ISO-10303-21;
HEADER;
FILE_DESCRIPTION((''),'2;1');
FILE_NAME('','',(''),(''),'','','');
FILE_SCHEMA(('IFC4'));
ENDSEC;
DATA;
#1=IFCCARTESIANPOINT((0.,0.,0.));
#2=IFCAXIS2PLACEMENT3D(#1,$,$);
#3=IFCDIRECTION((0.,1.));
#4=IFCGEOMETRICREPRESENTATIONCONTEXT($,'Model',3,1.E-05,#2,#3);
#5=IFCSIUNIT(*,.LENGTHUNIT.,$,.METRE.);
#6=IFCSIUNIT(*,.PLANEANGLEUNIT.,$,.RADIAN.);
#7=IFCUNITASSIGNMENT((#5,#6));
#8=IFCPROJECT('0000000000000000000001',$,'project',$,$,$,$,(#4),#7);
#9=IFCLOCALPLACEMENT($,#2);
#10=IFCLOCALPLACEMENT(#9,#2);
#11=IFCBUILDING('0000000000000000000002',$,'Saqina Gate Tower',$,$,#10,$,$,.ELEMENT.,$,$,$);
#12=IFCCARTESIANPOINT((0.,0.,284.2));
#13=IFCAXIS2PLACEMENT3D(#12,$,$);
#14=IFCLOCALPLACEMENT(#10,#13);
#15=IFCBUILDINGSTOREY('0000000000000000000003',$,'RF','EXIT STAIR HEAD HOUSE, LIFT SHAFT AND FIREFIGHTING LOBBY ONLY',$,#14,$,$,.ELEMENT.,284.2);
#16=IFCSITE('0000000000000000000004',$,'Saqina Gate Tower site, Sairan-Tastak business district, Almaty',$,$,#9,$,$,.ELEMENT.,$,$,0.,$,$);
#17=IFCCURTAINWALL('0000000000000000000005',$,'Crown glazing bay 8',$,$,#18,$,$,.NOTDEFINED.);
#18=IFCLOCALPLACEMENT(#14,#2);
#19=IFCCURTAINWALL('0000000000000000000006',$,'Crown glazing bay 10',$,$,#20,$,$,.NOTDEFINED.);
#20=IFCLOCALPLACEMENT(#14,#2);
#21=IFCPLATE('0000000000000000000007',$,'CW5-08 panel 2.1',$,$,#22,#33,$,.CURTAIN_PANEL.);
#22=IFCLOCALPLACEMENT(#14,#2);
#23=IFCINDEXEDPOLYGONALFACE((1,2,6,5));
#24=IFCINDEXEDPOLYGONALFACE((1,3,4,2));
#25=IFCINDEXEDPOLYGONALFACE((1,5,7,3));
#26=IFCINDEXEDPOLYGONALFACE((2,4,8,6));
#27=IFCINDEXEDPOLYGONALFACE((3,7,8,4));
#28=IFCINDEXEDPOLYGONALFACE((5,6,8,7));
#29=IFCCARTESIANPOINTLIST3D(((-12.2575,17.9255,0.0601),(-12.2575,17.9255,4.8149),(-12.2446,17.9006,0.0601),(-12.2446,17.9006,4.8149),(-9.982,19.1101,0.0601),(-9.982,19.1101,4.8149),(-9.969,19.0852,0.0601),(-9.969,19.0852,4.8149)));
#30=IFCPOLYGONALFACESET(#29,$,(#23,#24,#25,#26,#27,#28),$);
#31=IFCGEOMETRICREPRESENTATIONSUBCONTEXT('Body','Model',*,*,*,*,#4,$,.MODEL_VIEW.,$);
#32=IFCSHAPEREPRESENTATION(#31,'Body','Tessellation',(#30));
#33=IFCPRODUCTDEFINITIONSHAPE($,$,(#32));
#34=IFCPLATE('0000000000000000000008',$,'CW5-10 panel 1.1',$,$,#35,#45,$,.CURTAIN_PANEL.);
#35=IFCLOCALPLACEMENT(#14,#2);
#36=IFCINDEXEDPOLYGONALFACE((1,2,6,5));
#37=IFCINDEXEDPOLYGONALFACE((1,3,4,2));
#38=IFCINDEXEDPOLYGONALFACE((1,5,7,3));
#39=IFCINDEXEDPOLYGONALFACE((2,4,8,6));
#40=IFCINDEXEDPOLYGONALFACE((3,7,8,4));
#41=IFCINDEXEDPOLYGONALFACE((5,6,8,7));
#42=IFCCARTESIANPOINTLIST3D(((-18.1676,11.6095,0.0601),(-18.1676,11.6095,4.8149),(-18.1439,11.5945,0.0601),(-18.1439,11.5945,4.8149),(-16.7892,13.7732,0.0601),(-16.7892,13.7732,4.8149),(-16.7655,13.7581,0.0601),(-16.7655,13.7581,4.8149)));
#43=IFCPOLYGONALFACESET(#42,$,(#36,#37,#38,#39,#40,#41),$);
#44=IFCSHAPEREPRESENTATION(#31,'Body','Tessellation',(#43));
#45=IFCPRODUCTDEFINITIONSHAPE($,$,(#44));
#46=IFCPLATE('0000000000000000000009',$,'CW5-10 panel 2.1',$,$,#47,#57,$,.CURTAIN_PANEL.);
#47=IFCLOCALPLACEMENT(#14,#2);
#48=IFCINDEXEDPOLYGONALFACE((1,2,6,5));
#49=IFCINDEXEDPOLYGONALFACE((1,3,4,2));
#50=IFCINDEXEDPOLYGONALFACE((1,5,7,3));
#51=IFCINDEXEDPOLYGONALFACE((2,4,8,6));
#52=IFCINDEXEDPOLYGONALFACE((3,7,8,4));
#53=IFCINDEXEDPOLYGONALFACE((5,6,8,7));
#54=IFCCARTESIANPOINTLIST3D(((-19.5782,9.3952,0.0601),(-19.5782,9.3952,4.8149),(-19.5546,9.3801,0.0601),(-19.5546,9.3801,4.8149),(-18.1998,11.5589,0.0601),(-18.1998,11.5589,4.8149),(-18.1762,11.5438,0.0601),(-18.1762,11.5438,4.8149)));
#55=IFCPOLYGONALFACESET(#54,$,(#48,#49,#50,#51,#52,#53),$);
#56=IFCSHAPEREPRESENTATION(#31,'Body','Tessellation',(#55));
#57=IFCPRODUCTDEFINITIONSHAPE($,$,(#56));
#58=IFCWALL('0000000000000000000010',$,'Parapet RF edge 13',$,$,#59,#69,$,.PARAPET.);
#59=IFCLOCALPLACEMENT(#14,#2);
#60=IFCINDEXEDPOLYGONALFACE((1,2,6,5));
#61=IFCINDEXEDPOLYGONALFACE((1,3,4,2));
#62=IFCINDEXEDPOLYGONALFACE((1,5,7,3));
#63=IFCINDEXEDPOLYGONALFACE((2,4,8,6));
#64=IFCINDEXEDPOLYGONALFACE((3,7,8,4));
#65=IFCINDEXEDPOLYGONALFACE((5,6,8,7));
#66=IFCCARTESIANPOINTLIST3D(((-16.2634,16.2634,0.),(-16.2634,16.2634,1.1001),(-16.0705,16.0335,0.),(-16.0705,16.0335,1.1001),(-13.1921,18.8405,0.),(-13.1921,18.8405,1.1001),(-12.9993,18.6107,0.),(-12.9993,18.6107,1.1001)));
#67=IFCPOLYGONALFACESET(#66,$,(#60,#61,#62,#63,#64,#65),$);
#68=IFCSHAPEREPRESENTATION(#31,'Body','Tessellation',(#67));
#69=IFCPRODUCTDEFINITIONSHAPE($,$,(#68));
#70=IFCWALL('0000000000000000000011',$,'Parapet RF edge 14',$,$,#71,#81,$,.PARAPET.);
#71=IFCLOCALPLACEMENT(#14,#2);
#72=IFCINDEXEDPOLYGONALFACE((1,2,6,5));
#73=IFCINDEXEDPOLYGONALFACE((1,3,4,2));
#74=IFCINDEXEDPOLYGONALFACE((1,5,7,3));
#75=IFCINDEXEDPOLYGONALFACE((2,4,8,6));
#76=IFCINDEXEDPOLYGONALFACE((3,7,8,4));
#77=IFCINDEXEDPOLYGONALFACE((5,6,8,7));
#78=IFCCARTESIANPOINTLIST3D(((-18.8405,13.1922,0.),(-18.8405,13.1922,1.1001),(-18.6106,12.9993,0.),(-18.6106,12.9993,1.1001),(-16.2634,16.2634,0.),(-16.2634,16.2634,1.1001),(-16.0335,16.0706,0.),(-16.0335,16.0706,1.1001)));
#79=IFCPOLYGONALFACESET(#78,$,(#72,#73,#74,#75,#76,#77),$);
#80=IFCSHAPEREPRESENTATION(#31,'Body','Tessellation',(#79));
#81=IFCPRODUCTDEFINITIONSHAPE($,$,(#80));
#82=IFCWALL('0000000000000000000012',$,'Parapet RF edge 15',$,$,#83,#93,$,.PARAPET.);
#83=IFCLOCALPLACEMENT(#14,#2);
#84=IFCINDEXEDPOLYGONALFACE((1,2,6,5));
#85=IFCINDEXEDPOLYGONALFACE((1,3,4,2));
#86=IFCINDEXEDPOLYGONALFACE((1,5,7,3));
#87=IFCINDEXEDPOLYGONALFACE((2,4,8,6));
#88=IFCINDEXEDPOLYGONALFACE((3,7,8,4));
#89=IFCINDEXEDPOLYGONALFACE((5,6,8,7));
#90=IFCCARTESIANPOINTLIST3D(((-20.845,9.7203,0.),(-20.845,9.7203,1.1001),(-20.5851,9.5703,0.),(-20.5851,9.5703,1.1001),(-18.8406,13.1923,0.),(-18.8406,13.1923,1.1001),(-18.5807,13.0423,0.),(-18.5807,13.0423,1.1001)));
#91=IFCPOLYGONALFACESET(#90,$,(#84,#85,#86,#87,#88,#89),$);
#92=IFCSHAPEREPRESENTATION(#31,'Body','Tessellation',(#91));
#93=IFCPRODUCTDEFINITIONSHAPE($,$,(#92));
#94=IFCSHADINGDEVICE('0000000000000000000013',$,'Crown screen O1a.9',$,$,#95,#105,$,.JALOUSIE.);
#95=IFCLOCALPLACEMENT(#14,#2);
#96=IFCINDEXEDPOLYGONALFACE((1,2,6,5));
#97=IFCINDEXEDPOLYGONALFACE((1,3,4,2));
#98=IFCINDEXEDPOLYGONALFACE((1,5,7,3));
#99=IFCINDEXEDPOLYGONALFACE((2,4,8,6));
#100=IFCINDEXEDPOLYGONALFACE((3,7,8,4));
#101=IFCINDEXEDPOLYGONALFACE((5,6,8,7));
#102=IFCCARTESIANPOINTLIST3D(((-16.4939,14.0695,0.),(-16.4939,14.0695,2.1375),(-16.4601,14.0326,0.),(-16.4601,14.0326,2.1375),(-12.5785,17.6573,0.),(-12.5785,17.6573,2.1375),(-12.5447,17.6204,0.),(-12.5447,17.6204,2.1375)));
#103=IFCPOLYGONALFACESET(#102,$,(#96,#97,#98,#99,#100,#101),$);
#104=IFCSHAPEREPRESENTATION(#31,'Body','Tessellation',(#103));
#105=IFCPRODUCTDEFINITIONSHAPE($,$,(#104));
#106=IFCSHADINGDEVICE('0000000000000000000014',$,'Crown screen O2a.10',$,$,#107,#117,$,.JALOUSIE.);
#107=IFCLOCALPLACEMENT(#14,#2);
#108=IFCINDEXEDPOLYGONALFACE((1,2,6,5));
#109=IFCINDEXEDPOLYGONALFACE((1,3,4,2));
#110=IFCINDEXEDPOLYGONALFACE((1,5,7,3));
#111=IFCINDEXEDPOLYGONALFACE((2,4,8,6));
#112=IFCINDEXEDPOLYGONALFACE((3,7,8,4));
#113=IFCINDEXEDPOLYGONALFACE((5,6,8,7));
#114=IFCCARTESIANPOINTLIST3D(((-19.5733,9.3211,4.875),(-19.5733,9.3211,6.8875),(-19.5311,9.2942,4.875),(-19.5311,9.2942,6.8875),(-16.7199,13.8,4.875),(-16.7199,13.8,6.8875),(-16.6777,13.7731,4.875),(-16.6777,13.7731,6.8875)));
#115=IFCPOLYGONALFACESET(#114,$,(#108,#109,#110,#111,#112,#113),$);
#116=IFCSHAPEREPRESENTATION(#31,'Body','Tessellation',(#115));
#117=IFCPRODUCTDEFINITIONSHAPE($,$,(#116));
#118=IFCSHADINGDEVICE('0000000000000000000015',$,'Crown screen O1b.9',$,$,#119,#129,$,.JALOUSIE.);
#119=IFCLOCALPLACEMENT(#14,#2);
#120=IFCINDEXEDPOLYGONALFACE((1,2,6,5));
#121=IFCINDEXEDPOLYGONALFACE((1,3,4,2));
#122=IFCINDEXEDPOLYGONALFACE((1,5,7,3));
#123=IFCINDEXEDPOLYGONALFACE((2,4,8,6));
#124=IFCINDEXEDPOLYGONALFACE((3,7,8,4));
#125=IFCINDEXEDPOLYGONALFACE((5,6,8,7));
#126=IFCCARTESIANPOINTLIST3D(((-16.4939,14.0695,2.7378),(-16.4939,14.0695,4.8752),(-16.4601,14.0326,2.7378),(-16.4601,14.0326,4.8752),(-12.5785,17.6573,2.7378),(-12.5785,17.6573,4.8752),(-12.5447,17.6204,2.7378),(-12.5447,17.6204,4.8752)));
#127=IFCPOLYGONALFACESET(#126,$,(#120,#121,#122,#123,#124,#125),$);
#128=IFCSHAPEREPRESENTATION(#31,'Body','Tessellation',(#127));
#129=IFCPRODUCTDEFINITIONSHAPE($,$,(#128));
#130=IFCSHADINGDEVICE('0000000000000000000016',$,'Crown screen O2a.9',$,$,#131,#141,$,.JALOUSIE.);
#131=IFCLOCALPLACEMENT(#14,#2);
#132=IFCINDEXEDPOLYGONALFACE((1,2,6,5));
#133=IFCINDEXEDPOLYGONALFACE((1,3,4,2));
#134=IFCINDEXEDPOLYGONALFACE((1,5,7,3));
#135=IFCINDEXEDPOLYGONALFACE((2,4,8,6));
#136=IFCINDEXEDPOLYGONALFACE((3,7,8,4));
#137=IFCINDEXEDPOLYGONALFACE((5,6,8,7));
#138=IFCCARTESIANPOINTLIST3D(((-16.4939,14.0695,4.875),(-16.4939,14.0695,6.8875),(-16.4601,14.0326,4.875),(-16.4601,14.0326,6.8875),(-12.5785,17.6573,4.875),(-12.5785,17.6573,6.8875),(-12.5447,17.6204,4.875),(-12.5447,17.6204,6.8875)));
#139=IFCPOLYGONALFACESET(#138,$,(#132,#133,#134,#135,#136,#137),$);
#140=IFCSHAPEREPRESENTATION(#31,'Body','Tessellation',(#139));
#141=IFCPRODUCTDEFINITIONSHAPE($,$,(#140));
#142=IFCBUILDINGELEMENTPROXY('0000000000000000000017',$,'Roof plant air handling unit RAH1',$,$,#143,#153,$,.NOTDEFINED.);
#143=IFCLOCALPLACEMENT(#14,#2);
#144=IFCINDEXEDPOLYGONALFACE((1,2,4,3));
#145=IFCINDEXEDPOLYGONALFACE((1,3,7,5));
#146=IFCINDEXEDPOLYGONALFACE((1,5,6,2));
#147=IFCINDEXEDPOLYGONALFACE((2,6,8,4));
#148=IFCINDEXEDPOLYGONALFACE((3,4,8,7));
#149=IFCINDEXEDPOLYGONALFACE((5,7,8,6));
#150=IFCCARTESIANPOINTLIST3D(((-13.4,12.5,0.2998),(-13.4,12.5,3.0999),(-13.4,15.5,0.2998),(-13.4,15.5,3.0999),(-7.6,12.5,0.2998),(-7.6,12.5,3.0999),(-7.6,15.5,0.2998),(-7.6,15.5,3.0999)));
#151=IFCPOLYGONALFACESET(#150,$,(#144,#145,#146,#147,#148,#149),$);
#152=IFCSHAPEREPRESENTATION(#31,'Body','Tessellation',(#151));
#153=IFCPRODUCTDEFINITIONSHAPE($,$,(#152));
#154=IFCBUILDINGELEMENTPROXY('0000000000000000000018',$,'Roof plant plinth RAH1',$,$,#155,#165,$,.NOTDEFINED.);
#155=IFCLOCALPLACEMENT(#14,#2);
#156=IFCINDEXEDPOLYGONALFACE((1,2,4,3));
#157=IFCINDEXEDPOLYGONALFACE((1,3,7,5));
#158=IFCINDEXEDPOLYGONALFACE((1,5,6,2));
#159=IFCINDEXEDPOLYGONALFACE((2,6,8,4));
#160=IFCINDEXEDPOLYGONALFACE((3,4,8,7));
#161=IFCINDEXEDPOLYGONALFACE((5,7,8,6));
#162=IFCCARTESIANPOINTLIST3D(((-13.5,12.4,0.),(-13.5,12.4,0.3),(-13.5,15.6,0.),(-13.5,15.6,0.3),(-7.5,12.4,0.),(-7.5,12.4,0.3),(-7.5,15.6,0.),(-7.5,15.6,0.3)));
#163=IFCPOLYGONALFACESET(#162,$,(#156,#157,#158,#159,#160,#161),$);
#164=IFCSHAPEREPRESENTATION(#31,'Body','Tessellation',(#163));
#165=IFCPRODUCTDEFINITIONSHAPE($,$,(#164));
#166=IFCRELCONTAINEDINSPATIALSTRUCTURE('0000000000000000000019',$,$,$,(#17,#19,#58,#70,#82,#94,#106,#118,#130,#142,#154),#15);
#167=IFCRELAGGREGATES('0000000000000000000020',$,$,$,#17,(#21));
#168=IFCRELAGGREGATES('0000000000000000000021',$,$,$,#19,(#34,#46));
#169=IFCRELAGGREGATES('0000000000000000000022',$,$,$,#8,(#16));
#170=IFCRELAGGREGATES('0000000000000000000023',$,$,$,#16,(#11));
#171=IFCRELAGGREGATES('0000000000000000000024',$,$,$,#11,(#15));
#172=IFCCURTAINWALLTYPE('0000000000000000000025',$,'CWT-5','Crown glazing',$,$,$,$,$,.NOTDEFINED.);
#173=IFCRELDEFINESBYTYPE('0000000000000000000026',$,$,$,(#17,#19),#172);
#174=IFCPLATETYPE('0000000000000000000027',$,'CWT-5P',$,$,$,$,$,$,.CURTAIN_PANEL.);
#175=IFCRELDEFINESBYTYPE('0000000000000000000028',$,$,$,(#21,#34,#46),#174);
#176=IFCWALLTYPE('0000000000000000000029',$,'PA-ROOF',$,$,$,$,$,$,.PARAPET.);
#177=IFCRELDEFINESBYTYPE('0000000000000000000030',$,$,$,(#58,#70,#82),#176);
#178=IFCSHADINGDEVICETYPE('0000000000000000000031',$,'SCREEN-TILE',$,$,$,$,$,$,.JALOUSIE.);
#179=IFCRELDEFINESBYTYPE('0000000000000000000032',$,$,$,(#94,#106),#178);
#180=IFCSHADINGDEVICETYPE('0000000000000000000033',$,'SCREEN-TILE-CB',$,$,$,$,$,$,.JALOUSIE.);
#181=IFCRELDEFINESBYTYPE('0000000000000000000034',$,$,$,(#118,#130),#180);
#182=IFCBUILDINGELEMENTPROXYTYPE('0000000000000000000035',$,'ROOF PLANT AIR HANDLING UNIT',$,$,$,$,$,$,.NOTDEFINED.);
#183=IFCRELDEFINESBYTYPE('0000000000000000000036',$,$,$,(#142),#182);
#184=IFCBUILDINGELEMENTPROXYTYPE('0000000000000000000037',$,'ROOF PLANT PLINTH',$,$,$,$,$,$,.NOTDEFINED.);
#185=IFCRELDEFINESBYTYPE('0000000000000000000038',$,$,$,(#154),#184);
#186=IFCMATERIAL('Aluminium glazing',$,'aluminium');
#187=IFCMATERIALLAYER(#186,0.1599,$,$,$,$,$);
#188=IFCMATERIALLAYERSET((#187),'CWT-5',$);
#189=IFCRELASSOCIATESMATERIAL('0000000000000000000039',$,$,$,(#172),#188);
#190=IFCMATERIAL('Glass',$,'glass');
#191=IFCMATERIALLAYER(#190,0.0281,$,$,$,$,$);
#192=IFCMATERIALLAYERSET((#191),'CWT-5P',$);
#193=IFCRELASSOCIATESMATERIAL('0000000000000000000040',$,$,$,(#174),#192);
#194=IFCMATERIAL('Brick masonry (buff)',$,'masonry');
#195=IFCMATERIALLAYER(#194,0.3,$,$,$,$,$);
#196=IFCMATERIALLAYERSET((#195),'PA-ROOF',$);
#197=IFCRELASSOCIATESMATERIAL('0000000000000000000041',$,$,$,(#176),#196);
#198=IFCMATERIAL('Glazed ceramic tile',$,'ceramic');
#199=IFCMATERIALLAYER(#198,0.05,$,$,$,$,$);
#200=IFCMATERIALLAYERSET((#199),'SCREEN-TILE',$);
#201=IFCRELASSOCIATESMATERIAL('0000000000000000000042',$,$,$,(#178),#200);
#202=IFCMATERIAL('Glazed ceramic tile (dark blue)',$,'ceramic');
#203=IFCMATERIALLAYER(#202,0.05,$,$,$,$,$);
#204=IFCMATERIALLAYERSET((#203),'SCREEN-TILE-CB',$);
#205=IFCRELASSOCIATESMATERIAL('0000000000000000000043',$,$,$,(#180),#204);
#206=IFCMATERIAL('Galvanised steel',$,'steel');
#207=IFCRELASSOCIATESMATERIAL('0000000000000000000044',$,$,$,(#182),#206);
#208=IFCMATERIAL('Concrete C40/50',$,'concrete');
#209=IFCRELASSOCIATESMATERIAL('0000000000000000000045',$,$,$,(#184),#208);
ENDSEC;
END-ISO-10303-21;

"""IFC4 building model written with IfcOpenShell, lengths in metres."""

from ifc_helpers import new_model, si_unit, direction, frame, frame_2d, origin, origin_2d, place, context, subcontext, project, spatial, rectangle, extrude, material, layer, layer_set, type_object, element, aggregate, save


model = new_model("IFC4")

# Units and contexts
model_context = context("Model", 3, precision=1e-05, world=origin(), true_north=direction((0.0, 1.0)))
body_context = subcontext(model_context, "Body", "Model", "MODEL_VIEW")
ifc_project = project(units=[si_unit("LENGTHUNIT", "METRE"), si_unit("PLANEANGLEUNIT", "RADIAN")], contexts=[model_context])

# Site, building, storey
site_placement = place(None, origin())
site = spatial("IfcSite", under=ifc_project, at=site_placement, Name="Saqina Gate Tower site, Sairan-Tastak business district, Almaty", CompositionType="ELEMENT", RefElevation=0.0)
building_placement = place(site_placement, origin())
building = spatial("IfcBuilding", under=site, at=building_placement, Name="Saqina Gate Tower", CompositionType="ELEMENT")
storey_placement = place(building_placement, frame((0.0, 0.0, 284.2)))
storey = spatial("IfcBuildingStorey", under=building, at=storey_placement, Name="RF", Description="EXIT STAIR HEAD HOUSE, LIFT SHAFT AND FIREFIGHTING LOBBY ONLY", CompositionType="ELEMENT", Elevation=284.2)

# Curtain wall
ifc_material_1 = material(Name="Aluminium glazing", Category="aluminium")
ifc_layer_1 = layer(ifc_material_1, 0.1599)
ifc_layer_set_1 = layer_set([ifc_layer_1], Name="CWT-5")
curtain_wall_type = type_object("IfcCurtainWallType", Name="CWT-5", Description="Crown glazing", PredefinedType="NOTDEFINED", material=ifc_layer_set_1)
curtain_wall_1_placement = place(storey_placement, origin())
curtain_wall_1 = element("IfcCurtainWall", 1, at=curtain_wall_1_placement, inside=storey, type_object=curtain_wall_type, Name="Crown glazing bay 8", PredefinedType="NOTDEFINED")

# Curtain wall
curtain_wall_2_placement = place(storey_placement, origin())
curtain_wall_2 = element("IfcCurtainWall", 2, at=curtain_wall_2_placement, inside=storey, type_object=curtain_wall_type, Name="Crown glazing bay 10", PredefinedType="NOTDEFINED")

# Plates
ifc_material_2 = material(Name="Glass", Category="glass")
ifc_layer_2 = layer(ifc_material_2, 0.0281)
ifc_layer_set_2 = layer_set([ifc_layer_2], Name="CWT-5P")
plate_type = type_object("IfcPlateType", Name="CWT-5P", PredefinedType="CURTAIN_PANEL", material=ifc_layer_set_2)
plate_1_placement = place(storey_placement, frame((-11.1133, 18.5054, 0.0601), z_axis=(0.0, 0.0, 1.0), x_axis=(-0.88701, -0.461751, 0.0)))
plate_1 = element("IfcPlate", 3, at=plate_1_placement, type_object=plate_type, Name="CW5-08 panel 2.1", PredefinedType="CURTAIN_PANEL", context=body_context, shape_type="SweptSolid", body=[
    extrude(rectangle(XDim=2.5654, YDim=0.0281, at=origin_2d()), origin(), (0.0, 0.0, 1.0), 4.7549),
])
aggregate(curtain_wall_1, [plate_1])
plate_2_placement = place(storey_placement, frame((-17.4666, 12.6838, 0.0601), z_axis=(0.0, 0.0, 1.0), x_axis=(-0.537295, -0.843395, 0.0)))
plate_2 = element("IfcPlate", 4, at=plate_2_placement, type_object=plate_type, Name="CW5-10 panel 1.1", PredefinedType="CURTAIN_PANEL", context=body_context, shape_type="SweptSolid", body=[
    extrude(rectangle(XDim=2.5654, YDim=0.0281, at=origin_2d()), origin(), (0.0, 0.0, 1.0), 4.7549),
])
plate_3_placement = place(storey_placement, frame((-18.8772, 10.4695, 0.0601), z_axis=(0.0, 0.0, 1.0), x_axis=(-0.537295, -0.843395, 0.0)))
plate_3 = element("IfcPlate", 5, at=plate_3_placement, type_object=plate_type, Name="CW5-10 panel 2.1", PredefinedType="CURTAIN_PANEL", context=body_context, shape_type="SweptSolid", body=[
    extrude(rectangle(XDim=2.5654, YDim=0.0281, at=origin_2d()), origin(), (0.0, 0.0, 1.0), 4.7549),
])
aggregate(curtain_wall_2, [plate_2, plate_3])

# Walls
ifc_material_3 = material(Name="Brick masonry (buff)", Category="masonry")
ifc_layer_3 = layer(ifc_material_3, 0.3)
ifc_layer_set_3 = layer_set([ifc_layer_3], Name="PA-ROOF")
wall_type = type_object("IfcWallType", Name="PA-ROOF", PredefinedType="PARAPET", material=ifc_layer_set_3)
for number, where, z_axis, x_axis, name in (
    (6, (-13.0957, 18.7256, 0.0), (0.0, 0.0, 1.0), (-0.766041, -0.642792, 0.0), "Parapet RF edge 13"),
    (7, (-16.1484, 16.167, 0.0), (0.0, 0.0, 1.0), (-0.642792, -0.766041, 0.0), "Parapet RF edge 14"),
):
    element("IfcWall", number, at=place(storey_placement, frame(where, z_axis=z_axis, x_axis=x_axis)), inside=storey, type_object=wall_type, Name=name, PredefinedType="PARAPET", context=body_context, shape_type="SweptSolid", body=[
        extrude(rectangle(XDim=4.0093, YDim=0.3, at=frame_2d((2.0046, 0.0))), origin(), (0.0, 0.0, 1.0), 1.1001),
    ])
wall_placement = place(storey_placement, frame((-18.7107, 13.1172, 0.0), z_axis=(0.0, 0.0, 1.0), x_axis=(-0.499977, -0.866039, 0.0)))
element("IfcWall", 8, at=wall_placement, inside=storey, type_object=wall_type, Name="Parapet RF edge 15", PredefinedType="PARAPET", context=body_context, shape_type="SweptSolid", body=[
    extrude(rectangle(XDim=4.009, YDim=0.3, at=frame_2d((2.0044, 0.0))), origin(), (0.0, 0.0, 1.0), 1.1001),
])

# Shading devices
ifc_material_4 = material(Name="Glazed ceramic tile", Category="ceramic")
ifc_layer_4 = layer(ifc_material_4, 0.05)
ifc_layer_set_4 = layer_set([ifc_layer_4], Name="SCREEN-TILE")
shading_device_type_1 = type_object("IfcShadingDeviceType", Name="SCREEN-TILE", PredefinedType="JALOUSIE", material=ifc_layer_set_4)
shading_device_1_placement = place(storey_placement, frame((-14.5193, 15.845, 0.0), z_axis=(0.0, 0.0, 1.0), x_axis=(-0.737277, -0.67559, 0.0)))
element("IfcShadingDevice", 9, at=shading_device_1_placement, inside=storey, type_object=shading_device_type_1, Name="Crown screen O1a.9", PredefinedType="JALOUSIE", context=body_context, shape_type="SweptSolid", body=[
    extrude(rectangle(XDim=5.3105, YDim=0.05, at=origin_2d()), origin(), (0.0, 0.0, 1.0), 2.1375),
])
shading_device_2_placement = place(storey_placement, frame((-18.1255, 11.5471, 4.875), z_axis=(0.0, 0.0, 1.0), x_axis=(-0.5373, -0.843391, 0.0)))
element("IfcShadingDevice", 10, at=shading_device_2_placement, inside=storey, type_object=shading_device_type_1, Name="Crown screen O2a.10", PredefinedType="JALOUSIE", context=body_context, shape_type="SweptSolid", body=[
    extrude(rectangle(XDim=5.3105, YDim=0.05, at=origin_2d()), origin(), (0.0, 0.0, 1.0), 2.0125),
])
ifc_material_5 = material(Name="Glazed ceramic tile (dark blue)", Category="ceramic")
ifc_layer_5 = layer(ifc_material_5, 0.05)
ifc_layer_set_5 = layer_set([ifc_layer_5], Name="SCREEN-TILE-CB")
shading_device_type_2 = type_object("IfcShadingDeviceType", Name="SCREEN-TILE-CB", PredefinedType="JALOUSIE", material=ifc_layer_set_5)
shading_device_3_placement = place(storey_placement, frame((-14.5193, 15.845, 2.7378), z_axis=(0.0, 0.0, 1.0), x_axis=(-0.737277, -0.67559, 0.0)))
element("IfcShadingDevice", 11, at=shading_device_3_placement, inside=storey, type_object=shading_device_type_2, Name="Crown screen O1b.9", PredefinedType="JALOUSIE", context=body_context, shape_type="SweptSolid", body=[
    extrude(rectangle(XDim=5.3105, YDim=0.05, at=origin_2d()), origin(), (0.0, 0.0, 1.0), 2.1375),
])
shading_device_4_placement = place(storey_placement, frame((-14.5193, 15.845, 4.875), z_axis=(0.0, 0.0, 1.0), x_axis=(-0.737277, -0.67559, 0.0)))
element("IfcShadingDevice", 12, at=shading_device_4_placement, inside=storey, type_object=shading_device_type_2, Name="Crown screen O2a.9", PredefinedType="JALOUSIE", context=body_context, shape_type="SweptSolid", body=[
    extrude(rectangle(XDim=5.3105, YDim=0.05, at=origin_2d()), origin(), (0.0, 0.0, 1.0), 2.0125),
])

# Building element proxies
ifc_material_6 = material(Name="Galvanised steel", Category="steel")
building_element_proxy_type_1 = type_object("IfcBuildingElementProxyType", Name="ROOF PLANT AIR HANDLING UNIT", PredefinedType="NOTDEFINED", material=ifc_material_6)
proxy_1_placement = place(storey_placement, frame((-10.5, 14.0, 0.2998), z_axis=(0.0, 0.0, 1.0), x_axis=(1.0, 0.0, 0.0)))
element("IfcBuildingElementProxy", 13, at=proxy_1_placement, inside=storey, type_object=building_element_proxy_type_1, Name="Roof plant air handling unit RAH1", PredefinedType="NOTDEFINED", context=body_context, shape_type="SweptSolid", body=[
    extrude(rectangle(XDim=5.8, YDim=3.0, at=origin_2d()), origin(), (0.0, 0.0, 1.0), 2.8),
])
ifc_material_7 = material(Name="Concrete C40/50", Category="concrete")
building_element_proxy_type_2 = type_object("IfcBuildingElementProxyType", Name="ROOF PLANT PLINTH", PredefinedType="NOTDEFINED", material=ifc_material_7)
proxy_2_placement = place(storey_placement, frame((-10.5, 14.0, 0.0), z_axis=(0.0, 0.0, 1.0), x_axis=(1.0, 0.0, 0.0)))
element("IfcBuildingElementProxy", 14, at=proxy_2_placement, inside=storey, type_object=building_element_proxy_type_2, Name="Roof plant plinth RAH1", PredefinedType="NOTDEFINED", context=body_context, shape_type="SweptSolid", body=[
    extrude(rectangle(XDim=6.0, YDim=3.2, at=origin_2d()), origin(), (0.0, 0.0, 1.0), 0.3),
])

save(model, "model.ifc")
